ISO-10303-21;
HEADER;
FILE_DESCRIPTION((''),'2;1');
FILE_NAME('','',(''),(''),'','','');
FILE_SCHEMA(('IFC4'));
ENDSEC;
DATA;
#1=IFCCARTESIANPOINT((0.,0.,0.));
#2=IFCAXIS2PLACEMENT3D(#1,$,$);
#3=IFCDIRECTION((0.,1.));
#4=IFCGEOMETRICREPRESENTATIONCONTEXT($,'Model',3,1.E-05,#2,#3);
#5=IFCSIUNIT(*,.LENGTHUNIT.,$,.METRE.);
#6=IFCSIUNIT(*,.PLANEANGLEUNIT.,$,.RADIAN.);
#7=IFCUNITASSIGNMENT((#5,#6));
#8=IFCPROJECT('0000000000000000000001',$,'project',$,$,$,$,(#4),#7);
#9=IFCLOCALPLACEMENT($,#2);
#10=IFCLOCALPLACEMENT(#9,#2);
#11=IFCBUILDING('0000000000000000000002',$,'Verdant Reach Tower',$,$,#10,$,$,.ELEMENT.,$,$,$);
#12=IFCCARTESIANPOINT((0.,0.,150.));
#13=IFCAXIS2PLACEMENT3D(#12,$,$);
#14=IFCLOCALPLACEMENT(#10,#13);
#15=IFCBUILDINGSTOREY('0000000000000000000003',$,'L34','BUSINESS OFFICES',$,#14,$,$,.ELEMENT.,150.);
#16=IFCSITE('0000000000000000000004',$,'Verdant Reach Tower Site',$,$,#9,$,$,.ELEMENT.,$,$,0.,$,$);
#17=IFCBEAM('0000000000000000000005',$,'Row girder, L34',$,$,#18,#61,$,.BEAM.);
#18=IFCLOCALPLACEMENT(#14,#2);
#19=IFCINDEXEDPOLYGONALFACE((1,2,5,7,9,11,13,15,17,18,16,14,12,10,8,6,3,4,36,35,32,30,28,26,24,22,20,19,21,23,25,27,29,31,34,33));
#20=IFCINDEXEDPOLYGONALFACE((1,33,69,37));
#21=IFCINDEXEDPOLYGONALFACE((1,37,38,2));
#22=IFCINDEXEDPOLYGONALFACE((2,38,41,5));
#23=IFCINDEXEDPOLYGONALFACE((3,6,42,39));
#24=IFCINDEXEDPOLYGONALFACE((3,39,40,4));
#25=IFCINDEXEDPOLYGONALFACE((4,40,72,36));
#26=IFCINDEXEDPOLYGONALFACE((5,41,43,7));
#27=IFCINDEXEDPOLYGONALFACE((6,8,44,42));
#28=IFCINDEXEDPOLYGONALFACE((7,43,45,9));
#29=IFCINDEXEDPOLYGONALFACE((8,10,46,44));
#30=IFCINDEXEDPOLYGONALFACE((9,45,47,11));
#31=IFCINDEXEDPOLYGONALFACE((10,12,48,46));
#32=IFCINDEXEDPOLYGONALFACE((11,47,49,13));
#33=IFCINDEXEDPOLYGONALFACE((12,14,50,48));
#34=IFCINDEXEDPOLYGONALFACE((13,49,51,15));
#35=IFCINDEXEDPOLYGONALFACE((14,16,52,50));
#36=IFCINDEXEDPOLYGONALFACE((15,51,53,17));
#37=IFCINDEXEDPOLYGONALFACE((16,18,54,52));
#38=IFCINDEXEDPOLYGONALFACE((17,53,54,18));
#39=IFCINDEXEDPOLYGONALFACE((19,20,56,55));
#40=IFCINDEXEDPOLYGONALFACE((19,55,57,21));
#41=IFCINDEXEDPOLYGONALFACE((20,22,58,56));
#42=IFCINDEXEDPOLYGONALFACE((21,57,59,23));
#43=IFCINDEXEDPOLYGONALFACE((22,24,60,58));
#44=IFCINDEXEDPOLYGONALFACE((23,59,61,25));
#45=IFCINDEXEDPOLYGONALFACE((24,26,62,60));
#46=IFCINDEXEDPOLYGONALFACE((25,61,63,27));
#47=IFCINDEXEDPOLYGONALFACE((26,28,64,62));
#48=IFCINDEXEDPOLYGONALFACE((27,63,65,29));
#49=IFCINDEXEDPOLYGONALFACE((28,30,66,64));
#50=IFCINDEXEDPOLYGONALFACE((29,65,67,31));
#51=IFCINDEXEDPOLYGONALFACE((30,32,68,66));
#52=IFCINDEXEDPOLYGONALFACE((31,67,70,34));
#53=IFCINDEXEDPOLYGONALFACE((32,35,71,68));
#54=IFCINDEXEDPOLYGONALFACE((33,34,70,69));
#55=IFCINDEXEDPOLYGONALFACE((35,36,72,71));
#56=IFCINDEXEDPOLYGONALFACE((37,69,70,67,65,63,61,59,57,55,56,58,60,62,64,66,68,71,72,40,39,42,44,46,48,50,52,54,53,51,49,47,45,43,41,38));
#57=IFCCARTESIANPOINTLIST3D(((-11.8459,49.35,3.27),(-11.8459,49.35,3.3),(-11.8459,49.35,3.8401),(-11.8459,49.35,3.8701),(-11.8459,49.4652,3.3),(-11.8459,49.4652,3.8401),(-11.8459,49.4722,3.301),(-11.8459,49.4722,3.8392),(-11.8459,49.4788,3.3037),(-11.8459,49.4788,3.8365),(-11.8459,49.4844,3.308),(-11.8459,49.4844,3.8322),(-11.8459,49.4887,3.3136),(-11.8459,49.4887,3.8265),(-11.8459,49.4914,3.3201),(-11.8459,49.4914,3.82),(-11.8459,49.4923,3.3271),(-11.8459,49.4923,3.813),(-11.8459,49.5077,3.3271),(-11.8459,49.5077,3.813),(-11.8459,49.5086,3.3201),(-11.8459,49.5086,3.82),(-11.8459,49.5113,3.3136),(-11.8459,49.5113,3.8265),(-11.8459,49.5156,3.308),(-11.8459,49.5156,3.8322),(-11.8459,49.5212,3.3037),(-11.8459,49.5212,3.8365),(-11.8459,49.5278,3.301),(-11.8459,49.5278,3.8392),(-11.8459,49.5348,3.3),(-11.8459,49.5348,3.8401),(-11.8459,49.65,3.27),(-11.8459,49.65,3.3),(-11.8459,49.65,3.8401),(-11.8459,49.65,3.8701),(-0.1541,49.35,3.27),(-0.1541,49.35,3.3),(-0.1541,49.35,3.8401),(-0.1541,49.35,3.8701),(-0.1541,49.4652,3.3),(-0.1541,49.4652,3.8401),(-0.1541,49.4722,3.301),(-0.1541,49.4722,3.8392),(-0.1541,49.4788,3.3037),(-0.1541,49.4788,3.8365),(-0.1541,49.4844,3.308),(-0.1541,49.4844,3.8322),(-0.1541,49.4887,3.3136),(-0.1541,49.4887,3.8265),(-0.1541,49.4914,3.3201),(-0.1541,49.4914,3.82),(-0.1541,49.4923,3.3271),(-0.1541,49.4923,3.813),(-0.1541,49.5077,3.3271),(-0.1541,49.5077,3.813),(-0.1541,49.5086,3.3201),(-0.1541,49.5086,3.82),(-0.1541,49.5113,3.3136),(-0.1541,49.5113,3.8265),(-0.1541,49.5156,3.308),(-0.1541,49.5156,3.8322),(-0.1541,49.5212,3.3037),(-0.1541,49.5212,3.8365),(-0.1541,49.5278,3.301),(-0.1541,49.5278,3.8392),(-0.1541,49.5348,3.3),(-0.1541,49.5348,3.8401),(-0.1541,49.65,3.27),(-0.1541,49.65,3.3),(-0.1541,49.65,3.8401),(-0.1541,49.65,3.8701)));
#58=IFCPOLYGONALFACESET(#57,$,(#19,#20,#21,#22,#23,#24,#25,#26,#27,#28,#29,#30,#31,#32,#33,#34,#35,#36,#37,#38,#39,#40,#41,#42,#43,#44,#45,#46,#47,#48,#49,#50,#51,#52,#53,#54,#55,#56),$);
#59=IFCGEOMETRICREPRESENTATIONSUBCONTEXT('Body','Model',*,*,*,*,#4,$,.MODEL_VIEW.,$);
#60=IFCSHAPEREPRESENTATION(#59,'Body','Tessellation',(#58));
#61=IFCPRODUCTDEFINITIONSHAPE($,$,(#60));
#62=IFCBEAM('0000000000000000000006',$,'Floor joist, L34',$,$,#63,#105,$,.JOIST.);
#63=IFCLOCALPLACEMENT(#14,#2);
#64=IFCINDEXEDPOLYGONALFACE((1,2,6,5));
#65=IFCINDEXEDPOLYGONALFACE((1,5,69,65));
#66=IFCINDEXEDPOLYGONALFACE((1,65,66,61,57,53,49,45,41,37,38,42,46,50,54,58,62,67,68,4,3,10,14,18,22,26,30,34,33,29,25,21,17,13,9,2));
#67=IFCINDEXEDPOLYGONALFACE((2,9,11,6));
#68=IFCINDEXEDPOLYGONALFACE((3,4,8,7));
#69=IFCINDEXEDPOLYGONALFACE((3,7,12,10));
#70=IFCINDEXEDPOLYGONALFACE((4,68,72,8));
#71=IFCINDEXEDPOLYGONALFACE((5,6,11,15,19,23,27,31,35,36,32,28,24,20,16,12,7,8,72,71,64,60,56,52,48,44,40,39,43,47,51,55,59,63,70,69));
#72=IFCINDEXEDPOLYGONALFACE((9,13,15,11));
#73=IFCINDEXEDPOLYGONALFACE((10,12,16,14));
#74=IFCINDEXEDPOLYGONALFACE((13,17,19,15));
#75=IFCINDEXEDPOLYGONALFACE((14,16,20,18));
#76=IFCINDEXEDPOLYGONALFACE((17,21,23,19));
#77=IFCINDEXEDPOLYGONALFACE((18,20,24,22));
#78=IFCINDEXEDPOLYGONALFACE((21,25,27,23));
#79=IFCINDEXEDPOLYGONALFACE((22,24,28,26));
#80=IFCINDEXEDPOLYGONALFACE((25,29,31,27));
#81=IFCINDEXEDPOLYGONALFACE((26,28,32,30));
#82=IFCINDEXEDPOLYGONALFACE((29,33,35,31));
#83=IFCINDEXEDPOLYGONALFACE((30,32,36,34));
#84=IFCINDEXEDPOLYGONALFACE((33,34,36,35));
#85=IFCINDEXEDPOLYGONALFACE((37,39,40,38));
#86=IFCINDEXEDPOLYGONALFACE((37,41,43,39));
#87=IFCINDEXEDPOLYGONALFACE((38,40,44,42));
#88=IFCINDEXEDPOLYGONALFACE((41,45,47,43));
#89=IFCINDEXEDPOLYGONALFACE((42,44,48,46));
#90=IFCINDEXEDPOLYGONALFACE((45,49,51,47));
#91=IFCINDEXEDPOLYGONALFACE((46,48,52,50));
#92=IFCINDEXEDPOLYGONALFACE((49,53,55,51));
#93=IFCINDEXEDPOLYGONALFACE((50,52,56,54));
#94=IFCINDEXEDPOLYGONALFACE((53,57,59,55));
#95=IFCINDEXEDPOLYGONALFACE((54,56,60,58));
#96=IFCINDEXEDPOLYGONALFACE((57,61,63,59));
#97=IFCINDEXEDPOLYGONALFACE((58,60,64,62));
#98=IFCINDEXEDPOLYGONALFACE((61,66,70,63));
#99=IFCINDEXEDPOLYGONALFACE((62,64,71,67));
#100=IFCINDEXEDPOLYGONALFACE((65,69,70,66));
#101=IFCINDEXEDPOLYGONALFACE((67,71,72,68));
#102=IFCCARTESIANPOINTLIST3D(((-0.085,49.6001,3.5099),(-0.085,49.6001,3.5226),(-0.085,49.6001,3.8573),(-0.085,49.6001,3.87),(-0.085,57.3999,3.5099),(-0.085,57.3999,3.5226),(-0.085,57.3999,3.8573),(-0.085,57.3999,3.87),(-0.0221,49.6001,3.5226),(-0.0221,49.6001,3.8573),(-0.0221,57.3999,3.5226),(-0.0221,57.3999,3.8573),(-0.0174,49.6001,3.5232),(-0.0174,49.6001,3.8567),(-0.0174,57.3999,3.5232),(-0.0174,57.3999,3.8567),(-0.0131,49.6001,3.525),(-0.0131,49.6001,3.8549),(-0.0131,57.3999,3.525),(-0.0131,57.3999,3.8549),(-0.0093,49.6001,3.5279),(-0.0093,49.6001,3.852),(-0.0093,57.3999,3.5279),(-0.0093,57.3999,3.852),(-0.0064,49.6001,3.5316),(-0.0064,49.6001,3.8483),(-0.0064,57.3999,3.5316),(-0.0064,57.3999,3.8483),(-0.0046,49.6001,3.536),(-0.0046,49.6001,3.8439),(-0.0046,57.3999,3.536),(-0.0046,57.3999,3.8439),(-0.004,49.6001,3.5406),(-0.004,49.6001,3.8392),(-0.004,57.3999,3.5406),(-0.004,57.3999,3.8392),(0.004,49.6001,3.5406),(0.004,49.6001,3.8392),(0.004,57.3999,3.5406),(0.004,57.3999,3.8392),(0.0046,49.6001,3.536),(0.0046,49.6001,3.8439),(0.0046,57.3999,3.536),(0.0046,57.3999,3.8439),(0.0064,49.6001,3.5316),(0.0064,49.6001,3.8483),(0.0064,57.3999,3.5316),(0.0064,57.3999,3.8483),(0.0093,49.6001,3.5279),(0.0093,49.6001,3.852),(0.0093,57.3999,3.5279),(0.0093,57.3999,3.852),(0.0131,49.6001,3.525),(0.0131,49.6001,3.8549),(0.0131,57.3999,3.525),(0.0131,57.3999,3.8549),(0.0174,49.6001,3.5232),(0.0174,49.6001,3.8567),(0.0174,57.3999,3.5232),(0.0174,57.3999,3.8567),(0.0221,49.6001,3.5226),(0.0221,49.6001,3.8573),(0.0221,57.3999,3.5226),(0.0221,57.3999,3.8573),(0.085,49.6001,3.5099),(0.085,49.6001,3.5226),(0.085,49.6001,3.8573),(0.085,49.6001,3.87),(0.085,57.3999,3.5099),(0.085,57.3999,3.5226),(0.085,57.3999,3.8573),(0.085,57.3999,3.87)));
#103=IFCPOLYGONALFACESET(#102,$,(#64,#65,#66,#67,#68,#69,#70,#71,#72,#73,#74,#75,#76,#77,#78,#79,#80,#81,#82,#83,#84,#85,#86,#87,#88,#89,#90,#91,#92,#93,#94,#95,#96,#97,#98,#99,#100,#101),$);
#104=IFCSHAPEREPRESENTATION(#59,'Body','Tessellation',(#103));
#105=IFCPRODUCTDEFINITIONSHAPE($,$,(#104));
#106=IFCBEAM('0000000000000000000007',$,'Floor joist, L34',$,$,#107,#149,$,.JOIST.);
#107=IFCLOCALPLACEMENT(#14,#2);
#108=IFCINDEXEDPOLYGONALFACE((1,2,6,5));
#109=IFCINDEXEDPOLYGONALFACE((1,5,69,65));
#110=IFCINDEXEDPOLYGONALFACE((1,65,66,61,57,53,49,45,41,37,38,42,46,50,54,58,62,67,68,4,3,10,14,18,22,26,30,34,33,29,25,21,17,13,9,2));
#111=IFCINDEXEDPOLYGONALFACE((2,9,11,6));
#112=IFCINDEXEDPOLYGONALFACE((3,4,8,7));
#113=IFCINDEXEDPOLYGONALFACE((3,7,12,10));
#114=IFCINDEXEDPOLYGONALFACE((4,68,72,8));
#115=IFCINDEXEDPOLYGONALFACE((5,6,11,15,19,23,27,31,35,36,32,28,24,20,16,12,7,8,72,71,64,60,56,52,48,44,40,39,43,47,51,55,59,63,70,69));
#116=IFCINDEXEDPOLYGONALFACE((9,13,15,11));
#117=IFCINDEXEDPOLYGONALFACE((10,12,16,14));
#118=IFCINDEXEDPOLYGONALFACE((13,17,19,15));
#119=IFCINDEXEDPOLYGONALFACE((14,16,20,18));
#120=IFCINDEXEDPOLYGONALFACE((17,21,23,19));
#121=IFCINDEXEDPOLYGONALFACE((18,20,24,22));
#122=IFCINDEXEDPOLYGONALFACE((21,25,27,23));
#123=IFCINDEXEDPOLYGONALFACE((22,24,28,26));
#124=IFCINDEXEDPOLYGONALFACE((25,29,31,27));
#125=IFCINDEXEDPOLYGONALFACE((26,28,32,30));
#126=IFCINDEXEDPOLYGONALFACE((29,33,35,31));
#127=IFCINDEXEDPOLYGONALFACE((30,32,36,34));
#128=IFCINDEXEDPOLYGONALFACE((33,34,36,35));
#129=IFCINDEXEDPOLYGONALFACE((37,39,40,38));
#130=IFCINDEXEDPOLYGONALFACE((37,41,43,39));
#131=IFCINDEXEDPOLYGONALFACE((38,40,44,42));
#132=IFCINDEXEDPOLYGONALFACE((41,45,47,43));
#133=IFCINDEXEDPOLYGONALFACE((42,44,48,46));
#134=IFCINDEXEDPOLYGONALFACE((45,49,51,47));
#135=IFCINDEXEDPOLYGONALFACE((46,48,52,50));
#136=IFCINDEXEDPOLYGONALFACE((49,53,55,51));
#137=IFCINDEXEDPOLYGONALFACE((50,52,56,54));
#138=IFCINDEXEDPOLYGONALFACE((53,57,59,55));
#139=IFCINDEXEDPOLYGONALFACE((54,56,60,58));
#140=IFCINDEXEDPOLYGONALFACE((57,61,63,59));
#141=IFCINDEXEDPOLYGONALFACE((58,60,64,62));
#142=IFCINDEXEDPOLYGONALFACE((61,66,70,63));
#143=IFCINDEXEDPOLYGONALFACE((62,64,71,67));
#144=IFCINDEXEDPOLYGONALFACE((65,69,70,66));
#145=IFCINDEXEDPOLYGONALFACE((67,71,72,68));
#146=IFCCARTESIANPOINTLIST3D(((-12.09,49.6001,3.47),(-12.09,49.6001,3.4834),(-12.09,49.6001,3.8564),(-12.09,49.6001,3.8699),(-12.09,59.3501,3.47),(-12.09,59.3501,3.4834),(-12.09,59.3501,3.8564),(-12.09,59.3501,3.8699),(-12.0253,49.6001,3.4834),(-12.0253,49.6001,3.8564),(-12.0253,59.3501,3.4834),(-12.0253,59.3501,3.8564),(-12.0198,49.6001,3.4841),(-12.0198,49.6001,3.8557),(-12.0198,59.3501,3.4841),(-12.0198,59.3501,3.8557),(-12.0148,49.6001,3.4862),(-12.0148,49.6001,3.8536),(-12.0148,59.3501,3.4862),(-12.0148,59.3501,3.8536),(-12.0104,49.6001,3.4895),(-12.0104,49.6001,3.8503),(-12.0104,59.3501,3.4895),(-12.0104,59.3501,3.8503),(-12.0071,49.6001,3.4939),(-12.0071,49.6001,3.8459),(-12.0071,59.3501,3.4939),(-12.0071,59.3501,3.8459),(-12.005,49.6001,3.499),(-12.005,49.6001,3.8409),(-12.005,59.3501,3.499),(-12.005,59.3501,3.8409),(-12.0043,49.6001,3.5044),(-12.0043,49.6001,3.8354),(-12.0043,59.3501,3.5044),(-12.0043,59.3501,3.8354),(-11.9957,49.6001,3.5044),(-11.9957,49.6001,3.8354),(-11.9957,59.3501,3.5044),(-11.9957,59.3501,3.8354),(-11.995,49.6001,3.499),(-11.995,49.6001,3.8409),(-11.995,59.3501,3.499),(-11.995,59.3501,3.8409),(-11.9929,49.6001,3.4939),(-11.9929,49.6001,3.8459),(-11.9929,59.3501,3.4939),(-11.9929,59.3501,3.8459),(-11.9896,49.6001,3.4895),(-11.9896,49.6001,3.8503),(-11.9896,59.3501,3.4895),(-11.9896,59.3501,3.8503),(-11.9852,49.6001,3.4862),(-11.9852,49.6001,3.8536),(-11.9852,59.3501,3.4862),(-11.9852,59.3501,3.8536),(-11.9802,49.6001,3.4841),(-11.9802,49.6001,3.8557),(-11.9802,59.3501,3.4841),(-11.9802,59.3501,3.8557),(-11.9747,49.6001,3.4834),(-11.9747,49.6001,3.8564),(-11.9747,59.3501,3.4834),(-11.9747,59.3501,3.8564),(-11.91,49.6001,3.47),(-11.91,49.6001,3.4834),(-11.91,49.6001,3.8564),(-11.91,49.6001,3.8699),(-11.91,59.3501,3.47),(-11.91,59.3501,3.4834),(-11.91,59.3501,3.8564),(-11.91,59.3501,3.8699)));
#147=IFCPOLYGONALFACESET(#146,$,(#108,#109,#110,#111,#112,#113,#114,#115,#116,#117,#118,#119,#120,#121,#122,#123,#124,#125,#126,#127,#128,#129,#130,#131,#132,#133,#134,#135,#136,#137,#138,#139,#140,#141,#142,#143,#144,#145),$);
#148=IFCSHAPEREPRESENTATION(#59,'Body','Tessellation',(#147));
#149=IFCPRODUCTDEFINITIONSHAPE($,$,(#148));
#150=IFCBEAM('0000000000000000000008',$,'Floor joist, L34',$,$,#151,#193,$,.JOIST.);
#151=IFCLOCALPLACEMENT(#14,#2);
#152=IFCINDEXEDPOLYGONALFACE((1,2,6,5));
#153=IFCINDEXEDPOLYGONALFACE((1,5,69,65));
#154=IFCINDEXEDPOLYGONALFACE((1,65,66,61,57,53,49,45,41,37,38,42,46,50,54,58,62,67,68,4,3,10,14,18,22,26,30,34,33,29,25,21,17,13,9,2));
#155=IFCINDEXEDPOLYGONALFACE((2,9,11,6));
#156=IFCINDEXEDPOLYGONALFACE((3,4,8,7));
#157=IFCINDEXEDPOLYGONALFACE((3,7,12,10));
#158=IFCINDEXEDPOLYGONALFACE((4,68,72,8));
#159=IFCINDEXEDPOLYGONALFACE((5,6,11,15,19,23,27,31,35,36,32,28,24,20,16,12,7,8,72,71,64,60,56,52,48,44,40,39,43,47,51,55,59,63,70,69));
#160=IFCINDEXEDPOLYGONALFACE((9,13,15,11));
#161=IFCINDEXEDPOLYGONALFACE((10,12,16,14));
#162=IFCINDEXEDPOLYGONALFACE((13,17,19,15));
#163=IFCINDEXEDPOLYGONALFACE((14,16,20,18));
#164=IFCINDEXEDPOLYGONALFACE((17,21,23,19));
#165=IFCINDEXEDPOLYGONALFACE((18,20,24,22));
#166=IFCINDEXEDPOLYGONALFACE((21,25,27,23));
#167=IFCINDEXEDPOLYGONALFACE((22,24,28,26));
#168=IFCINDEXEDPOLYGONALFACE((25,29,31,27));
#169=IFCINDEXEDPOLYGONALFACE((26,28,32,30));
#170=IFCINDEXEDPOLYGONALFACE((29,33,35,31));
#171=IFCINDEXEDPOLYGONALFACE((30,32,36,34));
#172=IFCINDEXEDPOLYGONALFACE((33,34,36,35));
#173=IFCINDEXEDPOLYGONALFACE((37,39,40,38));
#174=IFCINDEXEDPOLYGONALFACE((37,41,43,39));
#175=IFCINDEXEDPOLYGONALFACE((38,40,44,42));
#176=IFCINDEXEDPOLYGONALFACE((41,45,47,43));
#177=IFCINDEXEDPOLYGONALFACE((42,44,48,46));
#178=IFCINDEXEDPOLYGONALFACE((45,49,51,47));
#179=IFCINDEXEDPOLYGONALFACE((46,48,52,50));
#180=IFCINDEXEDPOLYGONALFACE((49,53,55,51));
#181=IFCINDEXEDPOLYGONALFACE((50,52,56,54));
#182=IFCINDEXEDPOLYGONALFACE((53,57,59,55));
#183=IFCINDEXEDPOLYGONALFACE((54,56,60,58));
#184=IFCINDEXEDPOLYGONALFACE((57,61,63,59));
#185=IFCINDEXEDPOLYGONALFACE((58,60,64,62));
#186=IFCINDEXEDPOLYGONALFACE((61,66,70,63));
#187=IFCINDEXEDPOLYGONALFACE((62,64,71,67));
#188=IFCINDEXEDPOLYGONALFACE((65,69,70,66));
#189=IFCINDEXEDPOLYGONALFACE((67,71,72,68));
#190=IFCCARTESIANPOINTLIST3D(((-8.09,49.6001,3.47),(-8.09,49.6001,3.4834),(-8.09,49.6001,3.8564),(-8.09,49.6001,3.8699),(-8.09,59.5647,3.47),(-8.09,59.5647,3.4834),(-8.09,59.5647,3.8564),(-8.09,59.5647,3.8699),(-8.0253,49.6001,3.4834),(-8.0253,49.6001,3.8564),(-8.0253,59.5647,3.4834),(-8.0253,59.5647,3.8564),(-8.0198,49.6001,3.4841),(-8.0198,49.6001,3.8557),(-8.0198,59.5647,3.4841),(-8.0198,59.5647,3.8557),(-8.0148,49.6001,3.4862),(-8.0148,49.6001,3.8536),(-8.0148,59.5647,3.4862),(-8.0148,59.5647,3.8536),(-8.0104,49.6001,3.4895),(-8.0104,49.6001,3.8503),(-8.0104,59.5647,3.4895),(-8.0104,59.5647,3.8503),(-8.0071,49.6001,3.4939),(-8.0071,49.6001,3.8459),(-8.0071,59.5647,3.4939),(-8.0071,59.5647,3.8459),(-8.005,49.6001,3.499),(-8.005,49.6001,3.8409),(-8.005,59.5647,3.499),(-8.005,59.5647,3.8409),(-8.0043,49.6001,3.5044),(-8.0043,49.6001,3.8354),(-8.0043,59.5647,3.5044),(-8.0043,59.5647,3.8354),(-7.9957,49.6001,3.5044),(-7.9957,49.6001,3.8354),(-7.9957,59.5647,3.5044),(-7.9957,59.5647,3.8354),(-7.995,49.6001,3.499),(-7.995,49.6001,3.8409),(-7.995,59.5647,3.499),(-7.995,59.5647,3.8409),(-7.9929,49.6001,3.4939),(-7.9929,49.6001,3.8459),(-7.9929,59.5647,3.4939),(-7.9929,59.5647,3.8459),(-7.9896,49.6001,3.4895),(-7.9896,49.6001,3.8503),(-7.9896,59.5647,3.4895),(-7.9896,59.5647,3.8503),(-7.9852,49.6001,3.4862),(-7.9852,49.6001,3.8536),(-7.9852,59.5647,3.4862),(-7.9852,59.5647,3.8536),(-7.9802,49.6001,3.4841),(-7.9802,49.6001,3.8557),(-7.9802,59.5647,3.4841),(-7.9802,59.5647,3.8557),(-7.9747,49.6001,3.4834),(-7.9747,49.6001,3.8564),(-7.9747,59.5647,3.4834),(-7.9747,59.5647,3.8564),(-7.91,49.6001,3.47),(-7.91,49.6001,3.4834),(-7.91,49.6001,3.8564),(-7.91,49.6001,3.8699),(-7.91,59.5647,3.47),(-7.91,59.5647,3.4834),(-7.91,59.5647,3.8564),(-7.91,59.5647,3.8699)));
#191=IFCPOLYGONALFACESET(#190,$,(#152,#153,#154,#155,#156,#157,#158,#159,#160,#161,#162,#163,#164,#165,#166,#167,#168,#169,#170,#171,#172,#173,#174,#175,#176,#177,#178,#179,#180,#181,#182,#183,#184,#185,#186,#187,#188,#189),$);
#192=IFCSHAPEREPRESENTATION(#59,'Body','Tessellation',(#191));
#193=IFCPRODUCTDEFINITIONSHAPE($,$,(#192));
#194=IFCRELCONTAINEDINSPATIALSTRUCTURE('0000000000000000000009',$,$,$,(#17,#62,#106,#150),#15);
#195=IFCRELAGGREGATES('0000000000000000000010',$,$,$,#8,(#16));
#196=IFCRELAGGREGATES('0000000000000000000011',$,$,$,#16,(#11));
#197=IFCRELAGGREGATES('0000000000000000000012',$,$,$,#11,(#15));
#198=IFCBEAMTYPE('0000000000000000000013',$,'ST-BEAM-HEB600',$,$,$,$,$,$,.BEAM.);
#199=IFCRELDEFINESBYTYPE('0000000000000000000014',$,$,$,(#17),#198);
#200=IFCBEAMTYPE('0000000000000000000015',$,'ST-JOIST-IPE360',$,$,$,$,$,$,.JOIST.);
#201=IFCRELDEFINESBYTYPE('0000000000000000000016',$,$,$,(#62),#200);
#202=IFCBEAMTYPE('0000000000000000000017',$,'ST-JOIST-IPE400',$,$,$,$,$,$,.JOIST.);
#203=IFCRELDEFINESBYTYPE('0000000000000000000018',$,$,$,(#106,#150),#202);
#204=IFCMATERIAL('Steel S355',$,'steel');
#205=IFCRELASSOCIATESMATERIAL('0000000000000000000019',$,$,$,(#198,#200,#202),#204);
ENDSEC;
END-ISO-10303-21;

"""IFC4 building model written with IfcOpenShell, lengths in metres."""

from ifc_helpers import new_model, si_unit, direction, frame, origin, origin_2d, place, context, subcontext, project, spatial, i_section, extrude, material, material_profile, profile_set, type_object, element, save


model = new_model("IFC4")

# Units and contexts
model_context = context("Model", 3, precision=1e-05, world=origin(), true_north=direction((0.0, 1.0)))
body_context = subcontext(model_context, "Body", "Model", "MODEL_VIEW")
ifc_project = project(units=[si_unit("LENGTHUNIT", "METRE"), si_unit("PLANEANGLEUNIT", "RADIAN")], contexts=[model_context])

# Site, building, storey
site_placement = place(None, origin())
site = spatial("IfcSite", under=ifc_project, at=site_placement, Name="Verdant Reach Tower Site", CompositionType="ELEMENT", RefElevation=0.0)
building_placement = place(site_placement, origin())
building = spatial("IfcBuilding", under=site, at=building_placement, Name="Verdant Reach Tower", CompositionType="ELEMENT")
storey_placement = place(building_placement, frame((0.0, 0.0, 150.0)))
storey = spatial("IfcBuildingStorey", under=building, at=storey_placement, Name="L34", Description="BUSINESS OFFICES", CompositionType="ELEMENT", Elevation=150.0)

# Beams
ifc_material_1 = material(Name="Steel S355", Category="steel")
ifc_material_profile_1 = material_profile(ifc_material_1, i_section(OverallWidth=0.3, OverallDepth=0.6001, WebThickness=0.0154, FlangeThickness=0.03, FilletRadius=0.0271, at=origin_2d()), Name="HEB 600")
ifc_profile_set_1 = profile_set([ifc_material_profile_1], Name="Steel S355")
beam_type_1 = type_object("IfcBeamType", Name="ST-BEAM-HEB600", PredefinedType="BEAM", material=ifc_profile_set_1)
beam_1_placement = place(storey_placement, frame((-11.8459, 49.5, 3.5701), z_axis=(1.0, 0.0, 0.0), x_axis=(0.0, 1.0, 0.0)))
element("IfcBeam", 1, at=beam_1_placement, inside=storey, type_object=beam_type_1, Name="Row girder, L34", PredefinedType="BEAM", context=body_context, shape_type="SweptSolid", body=[
    extrude(i_section(OverallWidth=0.3, OverallDepth=0.6001, WebThickness=0.0154, FlangeThickness=0.03, FilletRadius=0.0271, at=origin_2d()), origin(), (0.0, 0.0, 1.0), 11.6919),
])
ifc_material_profile_2 = material_profile(ifc_material_1, i_section(OverallWidth=0.1699, OverallDepth=0.3601, WebThickness=0.0081, FlangeThickness=0.0127, FilletRadius=0.0181, at=origin_2d()), Name="IPE 360")
ifc_profile_set_2 = profile_set([ifc_material_profile_2], Name="Steel S355")
beam_type_2 = type_object("IfcBeamType", Name="ST-JOIST-IPE360", PredefinedType="JOIST", material=ifc_profile_set_2)
beam_2_placement = place(storey_placement, frame((0.0, 49.6001, 3.6899), z_axis=(0.0, 1.0, 0.0), x_axis=(-1.0, 0.0, 0.0)))
element("IfcBeam", 2, at=beam_2_placement, inside=storey, type_object=beam_type_2, Name="Floor joist, L34", PredefinedType="JOIST", context=body_context, shape_type="SweptSolid", body=[
    extrude(i_section(OverallWidth=0.1699, OverallDepth=0.3601, WebThickness=0.0081, FlangeThickness=0.0127, FilletRadius=0.0181, at=origin_2d()), origin(), (0.0, 0.0, 1.0), 7.7998),
])
ifc_material_profile_3 = material_profile(ifc_material_1, i_section(OverallWidth=0.1799, OverallDepth=0.3999, WebThickness=0.0085, FlangeThickness=0.0134, FilletRadius=0.021, at=origin_2d()), Name="IPE 400")
ifc_profile_set_3 = profile_set([ifc_material_profile_3], Name="Steel S355")
beam_type_3 = type_object("IfcBeamType", Name="ST-JOIST-IPE400", PredefinedType="JOIST", material=ifc_profile_set_3)
beam_3_placement = place(storey_placement, frame((-12.0, 49.6001, 3.6699), z_axis=(0.0, 1.0, 0.0), x_axis=(-1.0, 0.0, 0.0)))
element("IfcBeam", 3, at=beam_3_placement, inside=storey, type_object=beam_type_3, Name="Floor joist, L34", PredefinedType="JOIST", context=body_context, shape_type="SweptSolid", body=[
    extrude(i_section(OverallWidth=0.1799, OverallDepth=0.3999, WebThickness=0.0085, FlangeThickness=0.0134, FilletRadius=0.021, at=origin_2d()), origin(), (0.0, 0.0, 1.0), 9.75),
])
beam_4_placement = place(storey_placement, frame((-8.0, 49.6001, 3.6699), z_axis=(0.0, 1.0, 0.0), x_axis=(-1.0, 0.0, 0.0)))
element("IfcBeam", 4, at=beam_4_placement, inside=storey, type_object=beam_type_3, Name="Floor joist, L34", PredefinedType="JOIST", context=body_context, shape_type="SweptSolid", body=[
    extrude(i_section(OverallWidth=0.1799, OverallDepth=0.3999, WebThickness=0.0085, FlangeThickness=0.0134, FilletRadius=0.021, at=origin_2d()), origin(), (0.0, 0.0, 1.0), 9.9646),
])

save(model, "model.ifc")
